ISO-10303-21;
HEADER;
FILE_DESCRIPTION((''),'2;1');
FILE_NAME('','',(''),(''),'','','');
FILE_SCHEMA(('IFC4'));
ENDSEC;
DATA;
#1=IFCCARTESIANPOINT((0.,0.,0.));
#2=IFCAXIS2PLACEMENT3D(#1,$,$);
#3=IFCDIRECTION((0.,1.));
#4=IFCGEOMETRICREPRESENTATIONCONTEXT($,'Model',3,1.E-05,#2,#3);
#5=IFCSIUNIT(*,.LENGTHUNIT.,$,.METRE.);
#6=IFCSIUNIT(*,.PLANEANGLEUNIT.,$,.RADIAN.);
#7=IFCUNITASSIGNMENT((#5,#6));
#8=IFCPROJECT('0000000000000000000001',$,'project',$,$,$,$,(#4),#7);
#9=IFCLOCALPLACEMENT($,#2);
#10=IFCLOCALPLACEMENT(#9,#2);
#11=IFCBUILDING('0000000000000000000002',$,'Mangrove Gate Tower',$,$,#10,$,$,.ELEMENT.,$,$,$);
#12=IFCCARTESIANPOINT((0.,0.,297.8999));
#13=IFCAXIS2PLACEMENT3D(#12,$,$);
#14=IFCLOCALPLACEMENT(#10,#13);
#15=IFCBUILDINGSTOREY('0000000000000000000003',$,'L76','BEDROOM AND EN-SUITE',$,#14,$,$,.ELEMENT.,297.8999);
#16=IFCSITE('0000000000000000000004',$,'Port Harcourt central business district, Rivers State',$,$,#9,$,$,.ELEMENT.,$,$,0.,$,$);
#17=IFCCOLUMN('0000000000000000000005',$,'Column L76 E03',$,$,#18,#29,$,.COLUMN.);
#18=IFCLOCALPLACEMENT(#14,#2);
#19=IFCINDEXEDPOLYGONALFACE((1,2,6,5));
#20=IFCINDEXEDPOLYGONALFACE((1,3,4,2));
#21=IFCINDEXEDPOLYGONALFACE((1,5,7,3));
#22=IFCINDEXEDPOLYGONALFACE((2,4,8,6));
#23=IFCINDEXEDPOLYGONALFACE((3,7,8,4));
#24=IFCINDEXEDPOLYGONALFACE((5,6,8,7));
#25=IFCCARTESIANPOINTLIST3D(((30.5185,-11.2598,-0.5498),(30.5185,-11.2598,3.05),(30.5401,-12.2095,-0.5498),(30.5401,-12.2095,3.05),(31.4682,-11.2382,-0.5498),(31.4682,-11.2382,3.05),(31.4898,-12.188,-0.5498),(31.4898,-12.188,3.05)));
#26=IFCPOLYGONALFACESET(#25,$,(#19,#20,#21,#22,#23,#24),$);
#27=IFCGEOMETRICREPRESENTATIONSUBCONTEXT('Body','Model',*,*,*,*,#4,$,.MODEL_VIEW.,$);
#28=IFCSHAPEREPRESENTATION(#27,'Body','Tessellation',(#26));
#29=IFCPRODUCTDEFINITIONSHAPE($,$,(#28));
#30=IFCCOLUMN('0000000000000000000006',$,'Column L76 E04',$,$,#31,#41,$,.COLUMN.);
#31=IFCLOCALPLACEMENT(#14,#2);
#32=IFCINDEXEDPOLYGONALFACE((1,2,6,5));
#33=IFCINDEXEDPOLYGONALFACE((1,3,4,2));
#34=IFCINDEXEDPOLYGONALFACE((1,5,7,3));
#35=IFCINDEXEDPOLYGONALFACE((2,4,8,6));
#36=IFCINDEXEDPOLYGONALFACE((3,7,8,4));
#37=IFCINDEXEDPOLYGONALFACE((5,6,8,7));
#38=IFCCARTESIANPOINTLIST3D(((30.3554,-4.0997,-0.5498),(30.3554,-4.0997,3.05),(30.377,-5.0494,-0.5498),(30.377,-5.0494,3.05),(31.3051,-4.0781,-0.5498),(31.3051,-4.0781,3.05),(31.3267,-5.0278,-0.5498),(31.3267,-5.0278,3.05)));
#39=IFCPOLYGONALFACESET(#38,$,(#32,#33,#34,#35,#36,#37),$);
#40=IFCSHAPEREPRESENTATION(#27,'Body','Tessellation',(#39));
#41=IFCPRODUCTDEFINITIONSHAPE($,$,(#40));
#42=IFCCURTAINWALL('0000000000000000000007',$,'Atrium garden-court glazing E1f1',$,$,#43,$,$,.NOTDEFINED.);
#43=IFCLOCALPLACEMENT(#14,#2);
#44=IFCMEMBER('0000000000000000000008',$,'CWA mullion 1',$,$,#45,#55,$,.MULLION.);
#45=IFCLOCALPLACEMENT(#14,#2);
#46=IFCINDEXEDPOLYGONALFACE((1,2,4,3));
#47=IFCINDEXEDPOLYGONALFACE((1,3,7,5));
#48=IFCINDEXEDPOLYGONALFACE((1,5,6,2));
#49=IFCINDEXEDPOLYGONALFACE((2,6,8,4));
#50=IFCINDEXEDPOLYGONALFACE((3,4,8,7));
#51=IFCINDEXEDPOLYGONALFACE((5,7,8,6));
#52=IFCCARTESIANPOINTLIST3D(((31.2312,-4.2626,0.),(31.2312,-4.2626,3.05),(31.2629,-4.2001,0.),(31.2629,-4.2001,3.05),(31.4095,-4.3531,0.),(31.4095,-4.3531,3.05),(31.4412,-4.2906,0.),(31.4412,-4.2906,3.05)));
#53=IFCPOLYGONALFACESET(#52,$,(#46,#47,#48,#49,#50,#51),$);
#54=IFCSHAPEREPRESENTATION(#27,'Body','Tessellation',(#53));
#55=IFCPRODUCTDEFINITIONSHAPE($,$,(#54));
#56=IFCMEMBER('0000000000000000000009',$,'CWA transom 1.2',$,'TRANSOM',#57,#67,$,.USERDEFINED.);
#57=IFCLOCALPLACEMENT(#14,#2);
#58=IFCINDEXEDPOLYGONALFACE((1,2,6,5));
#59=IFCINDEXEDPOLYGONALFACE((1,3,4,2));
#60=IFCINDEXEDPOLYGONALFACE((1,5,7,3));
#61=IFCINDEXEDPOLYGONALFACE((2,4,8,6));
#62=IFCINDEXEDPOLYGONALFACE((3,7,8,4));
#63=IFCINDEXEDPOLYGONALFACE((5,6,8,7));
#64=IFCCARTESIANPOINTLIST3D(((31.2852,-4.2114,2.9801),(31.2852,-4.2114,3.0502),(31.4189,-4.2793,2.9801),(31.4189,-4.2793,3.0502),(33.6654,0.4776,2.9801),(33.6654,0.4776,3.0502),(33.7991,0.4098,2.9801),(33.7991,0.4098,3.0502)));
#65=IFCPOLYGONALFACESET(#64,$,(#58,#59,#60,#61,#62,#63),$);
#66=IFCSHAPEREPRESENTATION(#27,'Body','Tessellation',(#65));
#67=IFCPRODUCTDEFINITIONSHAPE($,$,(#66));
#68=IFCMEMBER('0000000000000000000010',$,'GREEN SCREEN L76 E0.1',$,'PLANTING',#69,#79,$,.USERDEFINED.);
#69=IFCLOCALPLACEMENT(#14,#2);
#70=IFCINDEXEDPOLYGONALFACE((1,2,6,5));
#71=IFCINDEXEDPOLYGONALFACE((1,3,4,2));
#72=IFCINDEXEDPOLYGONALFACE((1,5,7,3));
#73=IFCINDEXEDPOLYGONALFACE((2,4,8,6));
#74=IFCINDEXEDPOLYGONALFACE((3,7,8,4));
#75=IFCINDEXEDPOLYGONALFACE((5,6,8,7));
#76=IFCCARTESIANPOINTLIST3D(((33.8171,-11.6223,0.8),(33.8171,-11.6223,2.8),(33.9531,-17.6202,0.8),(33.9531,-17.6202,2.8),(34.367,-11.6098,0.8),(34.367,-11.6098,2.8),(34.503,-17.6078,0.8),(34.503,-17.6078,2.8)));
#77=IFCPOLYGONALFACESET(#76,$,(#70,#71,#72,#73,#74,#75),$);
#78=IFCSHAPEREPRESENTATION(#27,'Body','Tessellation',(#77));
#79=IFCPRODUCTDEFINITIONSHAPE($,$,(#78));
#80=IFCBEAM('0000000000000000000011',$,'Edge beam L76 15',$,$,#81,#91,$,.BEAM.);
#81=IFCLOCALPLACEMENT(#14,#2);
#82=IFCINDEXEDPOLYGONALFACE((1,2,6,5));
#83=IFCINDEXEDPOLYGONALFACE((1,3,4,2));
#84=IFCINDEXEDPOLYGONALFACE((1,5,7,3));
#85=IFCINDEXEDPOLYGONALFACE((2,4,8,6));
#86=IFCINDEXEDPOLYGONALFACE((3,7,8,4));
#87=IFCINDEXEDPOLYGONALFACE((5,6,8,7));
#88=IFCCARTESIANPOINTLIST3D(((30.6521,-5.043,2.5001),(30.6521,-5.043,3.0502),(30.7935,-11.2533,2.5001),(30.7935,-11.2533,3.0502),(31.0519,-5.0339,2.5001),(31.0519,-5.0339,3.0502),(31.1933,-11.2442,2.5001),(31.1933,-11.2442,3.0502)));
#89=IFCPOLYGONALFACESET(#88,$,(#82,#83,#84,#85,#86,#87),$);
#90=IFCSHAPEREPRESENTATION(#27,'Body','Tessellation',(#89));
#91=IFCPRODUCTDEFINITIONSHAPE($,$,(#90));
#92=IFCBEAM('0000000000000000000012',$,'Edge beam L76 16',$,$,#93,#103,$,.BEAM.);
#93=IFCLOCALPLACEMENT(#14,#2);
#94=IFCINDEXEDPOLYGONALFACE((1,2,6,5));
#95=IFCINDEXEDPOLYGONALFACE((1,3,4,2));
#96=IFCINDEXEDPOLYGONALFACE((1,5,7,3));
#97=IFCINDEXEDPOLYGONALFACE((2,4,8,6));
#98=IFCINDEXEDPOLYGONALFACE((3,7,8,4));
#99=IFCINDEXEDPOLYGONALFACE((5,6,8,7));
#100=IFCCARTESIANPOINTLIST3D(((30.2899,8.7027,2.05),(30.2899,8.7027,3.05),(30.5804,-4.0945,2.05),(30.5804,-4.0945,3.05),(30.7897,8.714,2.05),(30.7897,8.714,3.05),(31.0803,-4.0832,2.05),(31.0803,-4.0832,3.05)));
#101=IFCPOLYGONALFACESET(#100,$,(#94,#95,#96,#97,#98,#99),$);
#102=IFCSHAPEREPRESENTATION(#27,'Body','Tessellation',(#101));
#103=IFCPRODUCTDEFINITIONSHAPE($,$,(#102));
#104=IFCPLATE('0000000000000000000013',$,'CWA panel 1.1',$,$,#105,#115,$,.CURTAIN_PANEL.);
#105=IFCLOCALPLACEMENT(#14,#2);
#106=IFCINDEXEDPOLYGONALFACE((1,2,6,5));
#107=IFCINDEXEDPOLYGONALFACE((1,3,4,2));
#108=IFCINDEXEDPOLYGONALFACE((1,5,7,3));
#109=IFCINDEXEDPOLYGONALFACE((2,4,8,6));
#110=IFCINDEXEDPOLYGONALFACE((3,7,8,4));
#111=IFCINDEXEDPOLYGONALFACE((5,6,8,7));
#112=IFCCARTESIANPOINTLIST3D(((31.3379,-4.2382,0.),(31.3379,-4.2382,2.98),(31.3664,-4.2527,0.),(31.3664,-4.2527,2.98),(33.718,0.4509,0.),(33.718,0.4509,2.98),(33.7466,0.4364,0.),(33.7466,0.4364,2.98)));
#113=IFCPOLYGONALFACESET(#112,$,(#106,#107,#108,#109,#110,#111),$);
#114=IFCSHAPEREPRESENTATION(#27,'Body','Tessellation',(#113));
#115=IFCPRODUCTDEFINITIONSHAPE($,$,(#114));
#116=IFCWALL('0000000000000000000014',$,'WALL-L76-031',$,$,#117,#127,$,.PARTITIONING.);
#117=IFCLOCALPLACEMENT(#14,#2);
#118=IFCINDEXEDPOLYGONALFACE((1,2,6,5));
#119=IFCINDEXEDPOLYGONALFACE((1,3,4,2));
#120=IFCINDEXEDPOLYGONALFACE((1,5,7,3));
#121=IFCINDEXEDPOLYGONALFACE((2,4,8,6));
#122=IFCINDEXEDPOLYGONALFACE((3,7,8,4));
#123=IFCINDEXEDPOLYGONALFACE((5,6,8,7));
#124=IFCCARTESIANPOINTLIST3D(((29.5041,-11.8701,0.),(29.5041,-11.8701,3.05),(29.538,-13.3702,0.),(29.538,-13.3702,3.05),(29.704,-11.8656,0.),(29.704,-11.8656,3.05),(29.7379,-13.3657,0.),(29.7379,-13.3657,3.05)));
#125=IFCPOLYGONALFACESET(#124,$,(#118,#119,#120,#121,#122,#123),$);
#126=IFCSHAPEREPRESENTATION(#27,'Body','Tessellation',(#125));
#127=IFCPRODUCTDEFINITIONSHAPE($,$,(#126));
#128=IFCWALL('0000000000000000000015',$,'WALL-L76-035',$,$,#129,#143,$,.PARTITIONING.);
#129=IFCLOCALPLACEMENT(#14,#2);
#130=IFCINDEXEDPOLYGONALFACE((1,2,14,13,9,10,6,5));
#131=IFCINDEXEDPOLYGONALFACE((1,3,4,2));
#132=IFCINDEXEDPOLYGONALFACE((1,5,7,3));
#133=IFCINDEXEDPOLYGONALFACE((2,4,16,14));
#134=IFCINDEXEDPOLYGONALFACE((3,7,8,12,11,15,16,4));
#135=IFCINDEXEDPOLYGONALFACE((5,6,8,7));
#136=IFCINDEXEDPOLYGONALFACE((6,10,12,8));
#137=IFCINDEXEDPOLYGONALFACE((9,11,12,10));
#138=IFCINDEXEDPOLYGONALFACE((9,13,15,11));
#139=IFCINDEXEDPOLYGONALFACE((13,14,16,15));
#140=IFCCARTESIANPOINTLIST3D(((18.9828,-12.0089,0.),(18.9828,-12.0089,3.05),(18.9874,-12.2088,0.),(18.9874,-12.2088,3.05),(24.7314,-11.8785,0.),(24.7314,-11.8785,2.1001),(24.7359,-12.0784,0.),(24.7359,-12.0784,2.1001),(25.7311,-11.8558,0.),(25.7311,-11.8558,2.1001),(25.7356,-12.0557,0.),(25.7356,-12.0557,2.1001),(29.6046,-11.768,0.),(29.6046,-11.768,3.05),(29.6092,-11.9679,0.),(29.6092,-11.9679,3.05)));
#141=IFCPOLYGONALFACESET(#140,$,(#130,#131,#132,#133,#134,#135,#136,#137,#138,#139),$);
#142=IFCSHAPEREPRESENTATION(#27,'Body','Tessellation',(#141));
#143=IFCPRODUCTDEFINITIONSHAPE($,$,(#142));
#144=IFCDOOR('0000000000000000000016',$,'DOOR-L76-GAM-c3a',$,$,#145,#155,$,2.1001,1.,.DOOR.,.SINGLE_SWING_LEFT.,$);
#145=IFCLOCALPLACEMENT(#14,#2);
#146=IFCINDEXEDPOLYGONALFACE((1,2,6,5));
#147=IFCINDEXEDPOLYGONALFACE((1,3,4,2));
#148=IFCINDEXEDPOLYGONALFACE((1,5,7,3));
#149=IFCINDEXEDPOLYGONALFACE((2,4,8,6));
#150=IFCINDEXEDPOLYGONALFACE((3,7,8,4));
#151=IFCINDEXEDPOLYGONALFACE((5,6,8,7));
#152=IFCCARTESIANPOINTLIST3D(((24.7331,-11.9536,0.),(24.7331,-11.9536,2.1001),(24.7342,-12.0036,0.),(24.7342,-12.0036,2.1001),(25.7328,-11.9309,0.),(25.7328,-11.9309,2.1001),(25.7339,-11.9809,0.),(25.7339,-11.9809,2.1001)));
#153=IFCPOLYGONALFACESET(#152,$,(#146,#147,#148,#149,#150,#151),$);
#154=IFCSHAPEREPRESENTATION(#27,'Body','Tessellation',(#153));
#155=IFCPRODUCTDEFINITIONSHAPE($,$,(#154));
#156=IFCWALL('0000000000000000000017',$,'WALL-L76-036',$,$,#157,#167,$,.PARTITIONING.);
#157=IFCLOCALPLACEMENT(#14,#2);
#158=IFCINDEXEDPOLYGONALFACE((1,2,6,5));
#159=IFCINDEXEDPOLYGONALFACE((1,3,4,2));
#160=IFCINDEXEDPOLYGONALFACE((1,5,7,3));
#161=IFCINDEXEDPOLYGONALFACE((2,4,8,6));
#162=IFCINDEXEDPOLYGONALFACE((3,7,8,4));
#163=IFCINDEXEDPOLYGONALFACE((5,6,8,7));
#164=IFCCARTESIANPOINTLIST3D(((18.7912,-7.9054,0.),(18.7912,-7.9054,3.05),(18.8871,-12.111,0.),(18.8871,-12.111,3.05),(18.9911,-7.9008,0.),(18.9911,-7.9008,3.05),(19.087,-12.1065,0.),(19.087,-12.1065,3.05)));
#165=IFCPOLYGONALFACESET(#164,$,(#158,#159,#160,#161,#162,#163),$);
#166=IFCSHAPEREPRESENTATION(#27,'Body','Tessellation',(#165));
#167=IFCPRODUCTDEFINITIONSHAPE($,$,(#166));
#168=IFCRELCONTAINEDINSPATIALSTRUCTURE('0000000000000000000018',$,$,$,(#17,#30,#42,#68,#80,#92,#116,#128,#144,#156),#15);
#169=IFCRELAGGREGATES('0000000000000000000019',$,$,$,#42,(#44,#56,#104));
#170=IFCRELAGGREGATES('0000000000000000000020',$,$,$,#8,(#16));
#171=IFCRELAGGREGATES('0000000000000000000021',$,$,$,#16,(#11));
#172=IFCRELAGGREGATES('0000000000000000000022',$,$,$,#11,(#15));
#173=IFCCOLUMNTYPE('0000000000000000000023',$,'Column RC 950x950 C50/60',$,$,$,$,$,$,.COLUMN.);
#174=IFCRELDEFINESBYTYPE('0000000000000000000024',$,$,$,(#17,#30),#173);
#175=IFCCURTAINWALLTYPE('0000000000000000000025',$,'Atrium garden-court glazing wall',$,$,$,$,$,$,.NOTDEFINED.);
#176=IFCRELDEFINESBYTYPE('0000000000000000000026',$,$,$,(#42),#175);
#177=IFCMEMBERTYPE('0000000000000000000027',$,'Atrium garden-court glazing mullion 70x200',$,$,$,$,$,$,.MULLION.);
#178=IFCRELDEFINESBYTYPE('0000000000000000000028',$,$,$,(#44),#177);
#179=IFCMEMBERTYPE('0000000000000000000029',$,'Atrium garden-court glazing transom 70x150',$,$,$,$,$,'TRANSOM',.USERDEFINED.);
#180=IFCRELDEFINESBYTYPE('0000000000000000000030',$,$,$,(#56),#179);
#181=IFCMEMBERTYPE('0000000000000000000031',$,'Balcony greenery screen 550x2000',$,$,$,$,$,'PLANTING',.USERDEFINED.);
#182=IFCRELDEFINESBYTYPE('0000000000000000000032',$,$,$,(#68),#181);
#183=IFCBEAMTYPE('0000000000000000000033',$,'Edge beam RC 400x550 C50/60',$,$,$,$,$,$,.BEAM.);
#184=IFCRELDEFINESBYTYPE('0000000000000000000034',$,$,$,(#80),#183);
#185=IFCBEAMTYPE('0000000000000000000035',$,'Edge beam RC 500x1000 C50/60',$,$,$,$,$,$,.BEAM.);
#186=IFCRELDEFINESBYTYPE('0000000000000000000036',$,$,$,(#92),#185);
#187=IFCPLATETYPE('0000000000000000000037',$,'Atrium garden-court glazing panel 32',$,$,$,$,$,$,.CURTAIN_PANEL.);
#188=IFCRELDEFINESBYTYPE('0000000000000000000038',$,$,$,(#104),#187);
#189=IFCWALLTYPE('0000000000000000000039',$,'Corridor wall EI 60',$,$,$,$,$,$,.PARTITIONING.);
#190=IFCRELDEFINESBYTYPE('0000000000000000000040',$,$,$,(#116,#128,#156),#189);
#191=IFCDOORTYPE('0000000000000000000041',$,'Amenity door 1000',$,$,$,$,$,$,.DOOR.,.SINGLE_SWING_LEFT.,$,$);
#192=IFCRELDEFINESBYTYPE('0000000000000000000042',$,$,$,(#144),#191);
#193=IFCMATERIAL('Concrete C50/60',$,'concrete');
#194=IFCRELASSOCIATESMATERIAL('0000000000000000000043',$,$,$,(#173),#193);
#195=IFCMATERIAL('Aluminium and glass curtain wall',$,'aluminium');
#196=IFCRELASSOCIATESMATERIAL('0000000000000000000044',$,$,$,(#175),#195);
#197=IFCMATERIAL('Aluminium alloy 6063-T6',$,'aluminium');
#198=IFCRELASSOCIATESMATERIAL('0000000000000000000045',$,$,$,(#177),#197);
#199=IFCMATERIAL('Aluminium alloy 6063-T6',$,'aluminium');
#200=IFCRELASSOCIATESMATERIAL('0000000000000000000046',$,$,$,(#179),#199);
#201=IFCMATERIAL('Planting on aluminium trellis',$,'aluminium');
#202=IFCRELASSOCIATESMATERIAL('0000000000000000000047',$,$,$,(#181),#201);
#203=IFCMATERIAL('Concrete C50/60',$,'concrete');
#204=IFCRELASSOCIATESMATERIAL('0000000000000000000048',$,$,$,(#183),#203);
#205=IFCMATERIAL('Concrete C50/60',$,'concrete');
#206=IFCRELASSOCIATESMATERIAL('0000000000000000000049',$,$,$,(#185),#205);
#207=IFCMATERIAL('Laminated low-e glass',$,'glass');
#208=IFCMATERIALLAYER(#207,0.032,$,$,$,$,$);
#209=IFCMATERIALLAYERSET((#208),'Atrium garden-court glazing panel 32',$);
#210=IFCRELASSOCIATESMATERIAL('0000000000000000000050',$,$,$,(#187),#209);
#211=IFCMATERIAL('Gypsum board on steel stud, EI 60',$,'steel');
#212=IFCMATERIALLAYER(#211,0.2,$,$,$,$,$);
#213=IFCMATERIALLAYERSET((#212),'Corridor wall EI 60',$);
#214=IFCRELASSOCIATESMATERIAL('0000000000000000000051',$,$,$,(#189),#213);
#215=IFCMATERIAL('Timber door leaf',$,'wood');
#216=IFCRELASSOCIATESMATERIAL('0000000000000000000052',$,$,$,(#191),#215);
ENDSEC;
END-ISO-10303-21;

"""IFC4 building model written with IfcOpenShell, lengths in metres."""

from ifc_helpers import new_model, si_unit, direction, frame, frame_2d, origin, origin_2d, place, context, subcontext, project, spatial, rectangle, extrude, material, layer, layer_set, material_profile, profile_set, type_object, element, fill, aggregate, save


model = new_model("IFC4")

# Units and contexts
model_context = context("Model", 3, precision=1e-05, world=origin(), true_north=direction((0.0, 1.0)))
body_context = subcontext(model_context, "Body", "Model", "MODEL_VIEW")
ifc_project = project(units=[si_unit("LENGTHUNIT", "METRE"), si_unit("PLANEANGLEUNIT", "RADIAN")], contexts=[model_context])

# Site, building, storey
site_placement = place(None, origin())
site = spatial("IfcSite", under=ifc_project, at=site_placement, Name="Port Harcourt central business district, Rivers State", CompositionType="ELEMENT", RefElevation=0.0)
building_placement = place(site_placement, origin())
building = spatial("IfcBuilding", under=site, at=building_placement, Name="Mangrove Gate Tower", CompositionType="ELEMENT")
storey_placement = place(building_placement, frame((0.0, 0.0, 297.8999)))
storey = spatial("IfcBuildingStorey", under=building, at=storey_placement, Name="L76", Description="BEDROOM AND EN-SUITE", CompositionType="ELEMENT", Elevation=297.8999)

# Columns
ifc_material_1 = material(Name="Concrete C50/60", Category="concrete")
ifc_material_profile_1 = material_profile(ifc_material_1, rectangle(XDim=0.95, YDim=0.95, at=origin_2d()))
ifc_profile_set_1 = profile_set([ifc_material_profile_1], Name="Concrete C50/60")
column_type = type_object("IfcColumnType", Name="Column RC 950x950 C50/60", PredefinedType="COLUMN", material=ifc_profile_set_1)
for number, where, z_axis, x_axis, name in (
    (1, (31.0042, -11.7239, -0.5498), (0.0, 0.0, 1.0), (-0.022688, 0.999743, 0.0), "Column L76 E03"),
    (2, (30.8411, -4.5637, -0.5498), (0.0, 0.0, 1.0), (-0.022714, 0.999742, 0.0), "Column L76 E04"),
):
    element("IfcColumn", number, at=place(storey_placement, frame(where, z_axis=z_axis, x_axis=x_axis)), inside=storey, type_object=column_type, Name=name, PredefinedType="COLUMN", context=body_context, shape_type="SweptSolid", body=[
        extrude(rectangle(XDim=0.95, YDim=0.95, at=origin_2d()), origin(), (0.0, 0.0, 1.0), 3.5999),
    ])

# Curtain wall, members
ifc_material_2 = material(Name="Aluminium and glass curtain wall", Category="aluminium")
curtain_wall_type = type_object("IfcCurtainWallType", Name="Atrium garden-court glazing wall", PredefinedType="NOTDEFINED", material=ifc_material_2)
curtain_wall_placement = place(storey_placement, origin())
curtain_wall = element("IfcCurtainWall", 3, at=curtain_wall_placement, inside=storey, type_object=curtain_wall_type, Name="Atrium garden-court glazing E1f1", PredefinedType="NOTDEFINED")
ifc_material_3 = material(Name="Aluminium alloy 6063-T6", Category="aluminium")
ifc_material_profile_2 = material_profile(ifc_material_3, rectangle(XDim=0.0701, YDim=0.2, at=origin_2d()))
ifc_profile_set_2 = profile_set([ifc_material_profile_2], Name="Aluminium alloy 6063-T6")
member_type_1 = type_object("IfcMemberType", Name="Atrium garden-court glazing mullion 70x200", PredefinedType="MULLION", material=ifc_profile_set_2)
member_1_placement = place(storey_placement, frame((31.3362, -4.2766, 0.0), z_axis=(0.0, 0.0, 1.0), x_axis=(0.452617, 0.891705, 0.0)))
member_1 = element("IfcMember", 4, at=member_1_placement, type_object=member_type_1, Name="CWA mullion 1", PredefinedType="MULLION", context=body_context, shape_type="SweptSolid", body=[
    extrude(rectangle(XDim=0.0701, YDim=0.2, at=origin_2d()), origin(), (0.0, 0.0, 1.0), 3.05),
])
ifc_material_4 = material(Name="Aluminium alloy 6063-T6", Category="aluminium")
ifc_material_profile_3 = material_profile(ifc_material_4, rectangle(XDim=0.0701, YDim=0.1499, at=origin_2d()))
ifc_profile_set_3 = profile_set([ifc_material_profile_3], Name="Aluminium alloy 6063-T6")
member_type_2 = type_object("IfcMemberType", Name="Atrium garden-court glazing transom 70x150", ElementType="TRANSOM", PredefinedType="USERDEFINED", material=ifc_profile_set_3)
member_2_placement = place(storey_placement, frame((31.3521, -4.2454, 3.0151), z_axis=(0.452628, 0.891699, 0.0), x_axis=(0.0, 0.0, 1.0)))
member_2 = element("IfcMember", 5, at=member_2_placement, type_object=member_type_2, Name="CWA transom 1.2", ObjectType="TRANSOM", PredefinedType="USERDEFINED", context=body_context, shape_type="SweptSolid", body=[
    extrude(rectangle(XDim=0.0701, YDim=0.1499, at=origin_2d()), origin(), (0.0, 0.0, 1.0), 5.2585),
])

# Member
ifc_material_5 = material(Name="Planting on aluminium trellis", Category="aluminium")
ifc_material_profile_4 = material_profile(ifc_material_5, rectangle(XDim=0.55, YDim=2.0, at=origin_2d()))
ifc_profile_set_4 = profile_set([ifc_material_profile_4], Name="Planting on aluminium trellis")
member_type_3 = type_object("IfcMemberType", Name="Balcony greenery screen 550x2000", ElementType="PLANTING", PredefinedType="USERDEFINED", material=ifc_profile_set_4)
member_3_placement = place(storey_placement, frame((34.228, -17.614, 1.8), z_axis=(-0.022666, 0.999743, 0.0), x_axis=(-0.999743, -0.022666, 0.0)))
element("IfcMember", 6, at=member_3_placement, inside=storey, type_object=member_type_3, Name="GREEN SCREEN L76 E0.1", ObjectType="PLANTING", PredefinedType="USERDEFINED", context=body_context, shape_type="SweptSolid", body=[
    extrude(rectangle(XDim=0.55, YDim=2.0, at=origin_2d()), origin(), (0.0, 0.0, 1.0), 5.9995),
])

# Beams
ifc_material_6 = material(Name="Concrete C50/60", Category="concrete")
ifc_material_profile_5 = material_profile(ifc_material_6, rectangle(XDim=0.3999, YDim=0.55, at=origin_2d()))
ifc_profile_set_5 = profile_set([ifc_material_profile_5], Name="Concrete C50/60")
beam_type_1 = type_object("IfcBeamType", Name="Edge beam RC 400x550 C50/60", PredefinedType="BEAM", material=ifc_profile_set_5)
beam_1_placement = place(storey_placement, frame((30.9934, -11.2488, 2.7751), z_axis=(-0.022756, 0.999741, 0.0), x_axis=(-0.999741, -0.022756, 0.0)))
element("IfcBeam", 7, at=beam_1_placement, inside=storey, type_object=beam_type_1, Name="Edge beam L76 15", PredefinedType="BEAM", context=body_context, shape_type="SweptSolid", body=[
    extrude(rectangle(XDim=0.3999, YDim=0.55, at=origin_2d()), origin(), (0.0, 0.0, 1.0), 6.2119),
])
ifc_material_7 = material(Name="Concrete C50/60", Category="concrete")
ifc_material_profile_6 = material_profile(ifc_material_7, rectangle(XDim=0.5, YDim=1.0, at=origin_2d()))
ifc_profile_set_6 = profile_set([ifc_material_profile_6], Name="Concrete C50/60")
beam_type_2 = type_object("IfcBeamType", Name="Edge beam RC 500x1000 C50/60", PredefinedType="BEAM", material=ifc_profile_set_6)
beam_2_placement = place(storey_placement, frame((30.8303, -4.0889, 2.55), z_axis=(-0.022697, 0.999742, 0.0), x_axis=(-0.999742, -0.022697, 0.0)))
element("IfcBeam", 8, at=beam_2_placement, inside=storey, type_object=beam_type_2, Name="Edge beam L76 16", PredefinedType="BEAM", context=body_context, shape_type="SweptSolid", body=[
    extrude(rectangle(XDim=0.5, YDim=1.0, at=origin_2d()), origin(), (0.0, 0.0, 1.0), 12.8005),
])

# Plate
ifc_material_8 = material(Name="Laminated low-e glass", Category="glass")
ifc_layer_1 = layer(ifc_material_8, 0.032)
ifc_layer_set_1 = layer_set([ifc_layer_1], Name="Atrium garden-court glazing panel 32")
plate_type = type_object("IfcPlateType", Name="Atrium garden-court glazing panel 32", PredefinedType="CURTAIN_PANEL", material=ifc_layer_set_1)
plate_placement = place(storey_placement, frame((32.5422, -1.9009, 0.0), z_axis=(0.0, 0.0, 1.0), x_axis=(0.452617, 0.891705, 0.0)))
plate = element("IfcPlate", 9, at=plate_placement, type_object=plate_type, Name="CWA panel 1.1", PredefinedType="CURTAIN_PANEL", context=body_context, shape_type="SweptSolid", body=[
    extrude(rectangle(XDim=5.2585, YDim=0.032, at=origin_2d()), origin(), (0.0, 0.0, 1.0), 2.98),
])
aggregate(curtain_wall, [member_1, member_2, plate])

# Wall
ifc_material_9 = material(Name="Gypsum board on steel stud, EI 60", Category="steel")
ifc_layer_2 = layer(ifc_material_9, 0.2)
ifc_layer_set_2 = layer_set([ifc_layer_2], Name="Corridor wall EI 60")
wall_type_1 = type_object("IfcWallType", Name="Corridor wall EI 60", PredefinedType="PARTITIONING", material=ifc_layer_set_2)
wall_1_placement = place(storey_placement, frame((29.6379, -13.3679, 0.0), z_axis=(0.0, 0.0, 1.0), x_axis=(-0.022618, 0.999744, 0.0)))
element("IfcWall", 10, at=wall_1_placement, inside=storey, type_object=wall_type_1, Name="WALL-L76-031", PredefinedType="PARTITIONING", context=body_context, shape_type="SweptSolid", body=[
    extrude(rectangle(XDim=1.5005, YDim=0.2, at=frame_2d((0.7502, 0.0))), origin(), (0.0, 0.0, 1.0), 3.05),
])

# Wall, opening, door
wall_2_placement = place(storey_placement, frame((18.9851, -12.1089, 0.0), z_axis=(0.0, 0.0, 1.0), x_axis=(0.999743, 0.02268, 0.0)))
wall_2 = element("IfcWall", 11, at=wall_2_placement, inside=storey, type_object=wall_type_1, Name="WALL-L76-035", PredefinedType="PARTITIONING", context=body_context, shape_type="SweptSolid", body=[
    extrude(rectangle(XDim=10.6245, YDim=0.2, at=frame_2d((5.3123, 0.0))), origin(), (0.0, 0.0, 1.0), 3.05),
])
opening_1_placement = place(wall_2_placement, frame((5.75, 0.0, 0.0)))
opening_1 = element("IfcOpeningElement", 12, at=opening_1_placement, cuts=wall_2, PredefinedType="OPENING", context=body_context, shape_type="SweptSolid", body=[
    extrude(rectangle(XDim=1.0, YDim=2.1001, at=frame_2d((0.5, 1.05))), frame((0.0, 0.1099, 0.0), z_axis=(0.0, -1.0, 0.0), x_axis=(1.0, 0.0, 0.0)), (0.0, 0.0, 1.0), 0.22),
])
ifc_material_10 = material(Name="Timber door leaf", Category="wood")
door_type_1 = type_object("IfcDoorType", Name="Amenity door 1000", OperationType="SINGLE_SWING_LEFT", PredefinedType="DOOR", material=ifc_material_10)
door_1_placement = place(opening_1_placement, origin())
door_1 = element("IfcDoor", 13, at=door_1_placement, inside=storey, type_object=door_type_1, Name="DOOR-L76-GAM-c3a", OperationType="SINGLE_SWING_LEFT", OverallHeight=2.1001, OverallWidth=1.0, PredefinedType="DOOR", context=body_context, shape_type="SweptSolid", body=[
    extrude(rectangle(XDim=1.0, YDim=2.1001, at=frame_2d((0.5, 1.05))), frame((0.0, 0.0249, 0.0), z_axis=(0.0, -1.0, 0.0), x_axis=(1.0, 0.0, 0.0)), (0.0, 0.0, 1.0), 0.05),
])
fill(opening_1, door_1)

# Wall
wall_3_placement = place(storey_placement, frame((18.9871, -12.1089, 0.0), z_axis=(0.0, 0.0, 1.0), x_axis=(-0.022807, 0.99974, 0.0)))
element("IfcWall", 14, at=wall_3_placement, inside=storey, type_object=wall_type_1, Name="WALL-L76-036", PredefinedType="PARTITIONING", context=body_context, shape_type="SweptSolid", body=[
    extrude(rectangle(XDim=4.2068, YDim=0.2, at=frame_2d((2.1035, 0.0))), origin(), (0.0, 0.0, 1.0), 3.05),
])

save(model, "model.ifc")
